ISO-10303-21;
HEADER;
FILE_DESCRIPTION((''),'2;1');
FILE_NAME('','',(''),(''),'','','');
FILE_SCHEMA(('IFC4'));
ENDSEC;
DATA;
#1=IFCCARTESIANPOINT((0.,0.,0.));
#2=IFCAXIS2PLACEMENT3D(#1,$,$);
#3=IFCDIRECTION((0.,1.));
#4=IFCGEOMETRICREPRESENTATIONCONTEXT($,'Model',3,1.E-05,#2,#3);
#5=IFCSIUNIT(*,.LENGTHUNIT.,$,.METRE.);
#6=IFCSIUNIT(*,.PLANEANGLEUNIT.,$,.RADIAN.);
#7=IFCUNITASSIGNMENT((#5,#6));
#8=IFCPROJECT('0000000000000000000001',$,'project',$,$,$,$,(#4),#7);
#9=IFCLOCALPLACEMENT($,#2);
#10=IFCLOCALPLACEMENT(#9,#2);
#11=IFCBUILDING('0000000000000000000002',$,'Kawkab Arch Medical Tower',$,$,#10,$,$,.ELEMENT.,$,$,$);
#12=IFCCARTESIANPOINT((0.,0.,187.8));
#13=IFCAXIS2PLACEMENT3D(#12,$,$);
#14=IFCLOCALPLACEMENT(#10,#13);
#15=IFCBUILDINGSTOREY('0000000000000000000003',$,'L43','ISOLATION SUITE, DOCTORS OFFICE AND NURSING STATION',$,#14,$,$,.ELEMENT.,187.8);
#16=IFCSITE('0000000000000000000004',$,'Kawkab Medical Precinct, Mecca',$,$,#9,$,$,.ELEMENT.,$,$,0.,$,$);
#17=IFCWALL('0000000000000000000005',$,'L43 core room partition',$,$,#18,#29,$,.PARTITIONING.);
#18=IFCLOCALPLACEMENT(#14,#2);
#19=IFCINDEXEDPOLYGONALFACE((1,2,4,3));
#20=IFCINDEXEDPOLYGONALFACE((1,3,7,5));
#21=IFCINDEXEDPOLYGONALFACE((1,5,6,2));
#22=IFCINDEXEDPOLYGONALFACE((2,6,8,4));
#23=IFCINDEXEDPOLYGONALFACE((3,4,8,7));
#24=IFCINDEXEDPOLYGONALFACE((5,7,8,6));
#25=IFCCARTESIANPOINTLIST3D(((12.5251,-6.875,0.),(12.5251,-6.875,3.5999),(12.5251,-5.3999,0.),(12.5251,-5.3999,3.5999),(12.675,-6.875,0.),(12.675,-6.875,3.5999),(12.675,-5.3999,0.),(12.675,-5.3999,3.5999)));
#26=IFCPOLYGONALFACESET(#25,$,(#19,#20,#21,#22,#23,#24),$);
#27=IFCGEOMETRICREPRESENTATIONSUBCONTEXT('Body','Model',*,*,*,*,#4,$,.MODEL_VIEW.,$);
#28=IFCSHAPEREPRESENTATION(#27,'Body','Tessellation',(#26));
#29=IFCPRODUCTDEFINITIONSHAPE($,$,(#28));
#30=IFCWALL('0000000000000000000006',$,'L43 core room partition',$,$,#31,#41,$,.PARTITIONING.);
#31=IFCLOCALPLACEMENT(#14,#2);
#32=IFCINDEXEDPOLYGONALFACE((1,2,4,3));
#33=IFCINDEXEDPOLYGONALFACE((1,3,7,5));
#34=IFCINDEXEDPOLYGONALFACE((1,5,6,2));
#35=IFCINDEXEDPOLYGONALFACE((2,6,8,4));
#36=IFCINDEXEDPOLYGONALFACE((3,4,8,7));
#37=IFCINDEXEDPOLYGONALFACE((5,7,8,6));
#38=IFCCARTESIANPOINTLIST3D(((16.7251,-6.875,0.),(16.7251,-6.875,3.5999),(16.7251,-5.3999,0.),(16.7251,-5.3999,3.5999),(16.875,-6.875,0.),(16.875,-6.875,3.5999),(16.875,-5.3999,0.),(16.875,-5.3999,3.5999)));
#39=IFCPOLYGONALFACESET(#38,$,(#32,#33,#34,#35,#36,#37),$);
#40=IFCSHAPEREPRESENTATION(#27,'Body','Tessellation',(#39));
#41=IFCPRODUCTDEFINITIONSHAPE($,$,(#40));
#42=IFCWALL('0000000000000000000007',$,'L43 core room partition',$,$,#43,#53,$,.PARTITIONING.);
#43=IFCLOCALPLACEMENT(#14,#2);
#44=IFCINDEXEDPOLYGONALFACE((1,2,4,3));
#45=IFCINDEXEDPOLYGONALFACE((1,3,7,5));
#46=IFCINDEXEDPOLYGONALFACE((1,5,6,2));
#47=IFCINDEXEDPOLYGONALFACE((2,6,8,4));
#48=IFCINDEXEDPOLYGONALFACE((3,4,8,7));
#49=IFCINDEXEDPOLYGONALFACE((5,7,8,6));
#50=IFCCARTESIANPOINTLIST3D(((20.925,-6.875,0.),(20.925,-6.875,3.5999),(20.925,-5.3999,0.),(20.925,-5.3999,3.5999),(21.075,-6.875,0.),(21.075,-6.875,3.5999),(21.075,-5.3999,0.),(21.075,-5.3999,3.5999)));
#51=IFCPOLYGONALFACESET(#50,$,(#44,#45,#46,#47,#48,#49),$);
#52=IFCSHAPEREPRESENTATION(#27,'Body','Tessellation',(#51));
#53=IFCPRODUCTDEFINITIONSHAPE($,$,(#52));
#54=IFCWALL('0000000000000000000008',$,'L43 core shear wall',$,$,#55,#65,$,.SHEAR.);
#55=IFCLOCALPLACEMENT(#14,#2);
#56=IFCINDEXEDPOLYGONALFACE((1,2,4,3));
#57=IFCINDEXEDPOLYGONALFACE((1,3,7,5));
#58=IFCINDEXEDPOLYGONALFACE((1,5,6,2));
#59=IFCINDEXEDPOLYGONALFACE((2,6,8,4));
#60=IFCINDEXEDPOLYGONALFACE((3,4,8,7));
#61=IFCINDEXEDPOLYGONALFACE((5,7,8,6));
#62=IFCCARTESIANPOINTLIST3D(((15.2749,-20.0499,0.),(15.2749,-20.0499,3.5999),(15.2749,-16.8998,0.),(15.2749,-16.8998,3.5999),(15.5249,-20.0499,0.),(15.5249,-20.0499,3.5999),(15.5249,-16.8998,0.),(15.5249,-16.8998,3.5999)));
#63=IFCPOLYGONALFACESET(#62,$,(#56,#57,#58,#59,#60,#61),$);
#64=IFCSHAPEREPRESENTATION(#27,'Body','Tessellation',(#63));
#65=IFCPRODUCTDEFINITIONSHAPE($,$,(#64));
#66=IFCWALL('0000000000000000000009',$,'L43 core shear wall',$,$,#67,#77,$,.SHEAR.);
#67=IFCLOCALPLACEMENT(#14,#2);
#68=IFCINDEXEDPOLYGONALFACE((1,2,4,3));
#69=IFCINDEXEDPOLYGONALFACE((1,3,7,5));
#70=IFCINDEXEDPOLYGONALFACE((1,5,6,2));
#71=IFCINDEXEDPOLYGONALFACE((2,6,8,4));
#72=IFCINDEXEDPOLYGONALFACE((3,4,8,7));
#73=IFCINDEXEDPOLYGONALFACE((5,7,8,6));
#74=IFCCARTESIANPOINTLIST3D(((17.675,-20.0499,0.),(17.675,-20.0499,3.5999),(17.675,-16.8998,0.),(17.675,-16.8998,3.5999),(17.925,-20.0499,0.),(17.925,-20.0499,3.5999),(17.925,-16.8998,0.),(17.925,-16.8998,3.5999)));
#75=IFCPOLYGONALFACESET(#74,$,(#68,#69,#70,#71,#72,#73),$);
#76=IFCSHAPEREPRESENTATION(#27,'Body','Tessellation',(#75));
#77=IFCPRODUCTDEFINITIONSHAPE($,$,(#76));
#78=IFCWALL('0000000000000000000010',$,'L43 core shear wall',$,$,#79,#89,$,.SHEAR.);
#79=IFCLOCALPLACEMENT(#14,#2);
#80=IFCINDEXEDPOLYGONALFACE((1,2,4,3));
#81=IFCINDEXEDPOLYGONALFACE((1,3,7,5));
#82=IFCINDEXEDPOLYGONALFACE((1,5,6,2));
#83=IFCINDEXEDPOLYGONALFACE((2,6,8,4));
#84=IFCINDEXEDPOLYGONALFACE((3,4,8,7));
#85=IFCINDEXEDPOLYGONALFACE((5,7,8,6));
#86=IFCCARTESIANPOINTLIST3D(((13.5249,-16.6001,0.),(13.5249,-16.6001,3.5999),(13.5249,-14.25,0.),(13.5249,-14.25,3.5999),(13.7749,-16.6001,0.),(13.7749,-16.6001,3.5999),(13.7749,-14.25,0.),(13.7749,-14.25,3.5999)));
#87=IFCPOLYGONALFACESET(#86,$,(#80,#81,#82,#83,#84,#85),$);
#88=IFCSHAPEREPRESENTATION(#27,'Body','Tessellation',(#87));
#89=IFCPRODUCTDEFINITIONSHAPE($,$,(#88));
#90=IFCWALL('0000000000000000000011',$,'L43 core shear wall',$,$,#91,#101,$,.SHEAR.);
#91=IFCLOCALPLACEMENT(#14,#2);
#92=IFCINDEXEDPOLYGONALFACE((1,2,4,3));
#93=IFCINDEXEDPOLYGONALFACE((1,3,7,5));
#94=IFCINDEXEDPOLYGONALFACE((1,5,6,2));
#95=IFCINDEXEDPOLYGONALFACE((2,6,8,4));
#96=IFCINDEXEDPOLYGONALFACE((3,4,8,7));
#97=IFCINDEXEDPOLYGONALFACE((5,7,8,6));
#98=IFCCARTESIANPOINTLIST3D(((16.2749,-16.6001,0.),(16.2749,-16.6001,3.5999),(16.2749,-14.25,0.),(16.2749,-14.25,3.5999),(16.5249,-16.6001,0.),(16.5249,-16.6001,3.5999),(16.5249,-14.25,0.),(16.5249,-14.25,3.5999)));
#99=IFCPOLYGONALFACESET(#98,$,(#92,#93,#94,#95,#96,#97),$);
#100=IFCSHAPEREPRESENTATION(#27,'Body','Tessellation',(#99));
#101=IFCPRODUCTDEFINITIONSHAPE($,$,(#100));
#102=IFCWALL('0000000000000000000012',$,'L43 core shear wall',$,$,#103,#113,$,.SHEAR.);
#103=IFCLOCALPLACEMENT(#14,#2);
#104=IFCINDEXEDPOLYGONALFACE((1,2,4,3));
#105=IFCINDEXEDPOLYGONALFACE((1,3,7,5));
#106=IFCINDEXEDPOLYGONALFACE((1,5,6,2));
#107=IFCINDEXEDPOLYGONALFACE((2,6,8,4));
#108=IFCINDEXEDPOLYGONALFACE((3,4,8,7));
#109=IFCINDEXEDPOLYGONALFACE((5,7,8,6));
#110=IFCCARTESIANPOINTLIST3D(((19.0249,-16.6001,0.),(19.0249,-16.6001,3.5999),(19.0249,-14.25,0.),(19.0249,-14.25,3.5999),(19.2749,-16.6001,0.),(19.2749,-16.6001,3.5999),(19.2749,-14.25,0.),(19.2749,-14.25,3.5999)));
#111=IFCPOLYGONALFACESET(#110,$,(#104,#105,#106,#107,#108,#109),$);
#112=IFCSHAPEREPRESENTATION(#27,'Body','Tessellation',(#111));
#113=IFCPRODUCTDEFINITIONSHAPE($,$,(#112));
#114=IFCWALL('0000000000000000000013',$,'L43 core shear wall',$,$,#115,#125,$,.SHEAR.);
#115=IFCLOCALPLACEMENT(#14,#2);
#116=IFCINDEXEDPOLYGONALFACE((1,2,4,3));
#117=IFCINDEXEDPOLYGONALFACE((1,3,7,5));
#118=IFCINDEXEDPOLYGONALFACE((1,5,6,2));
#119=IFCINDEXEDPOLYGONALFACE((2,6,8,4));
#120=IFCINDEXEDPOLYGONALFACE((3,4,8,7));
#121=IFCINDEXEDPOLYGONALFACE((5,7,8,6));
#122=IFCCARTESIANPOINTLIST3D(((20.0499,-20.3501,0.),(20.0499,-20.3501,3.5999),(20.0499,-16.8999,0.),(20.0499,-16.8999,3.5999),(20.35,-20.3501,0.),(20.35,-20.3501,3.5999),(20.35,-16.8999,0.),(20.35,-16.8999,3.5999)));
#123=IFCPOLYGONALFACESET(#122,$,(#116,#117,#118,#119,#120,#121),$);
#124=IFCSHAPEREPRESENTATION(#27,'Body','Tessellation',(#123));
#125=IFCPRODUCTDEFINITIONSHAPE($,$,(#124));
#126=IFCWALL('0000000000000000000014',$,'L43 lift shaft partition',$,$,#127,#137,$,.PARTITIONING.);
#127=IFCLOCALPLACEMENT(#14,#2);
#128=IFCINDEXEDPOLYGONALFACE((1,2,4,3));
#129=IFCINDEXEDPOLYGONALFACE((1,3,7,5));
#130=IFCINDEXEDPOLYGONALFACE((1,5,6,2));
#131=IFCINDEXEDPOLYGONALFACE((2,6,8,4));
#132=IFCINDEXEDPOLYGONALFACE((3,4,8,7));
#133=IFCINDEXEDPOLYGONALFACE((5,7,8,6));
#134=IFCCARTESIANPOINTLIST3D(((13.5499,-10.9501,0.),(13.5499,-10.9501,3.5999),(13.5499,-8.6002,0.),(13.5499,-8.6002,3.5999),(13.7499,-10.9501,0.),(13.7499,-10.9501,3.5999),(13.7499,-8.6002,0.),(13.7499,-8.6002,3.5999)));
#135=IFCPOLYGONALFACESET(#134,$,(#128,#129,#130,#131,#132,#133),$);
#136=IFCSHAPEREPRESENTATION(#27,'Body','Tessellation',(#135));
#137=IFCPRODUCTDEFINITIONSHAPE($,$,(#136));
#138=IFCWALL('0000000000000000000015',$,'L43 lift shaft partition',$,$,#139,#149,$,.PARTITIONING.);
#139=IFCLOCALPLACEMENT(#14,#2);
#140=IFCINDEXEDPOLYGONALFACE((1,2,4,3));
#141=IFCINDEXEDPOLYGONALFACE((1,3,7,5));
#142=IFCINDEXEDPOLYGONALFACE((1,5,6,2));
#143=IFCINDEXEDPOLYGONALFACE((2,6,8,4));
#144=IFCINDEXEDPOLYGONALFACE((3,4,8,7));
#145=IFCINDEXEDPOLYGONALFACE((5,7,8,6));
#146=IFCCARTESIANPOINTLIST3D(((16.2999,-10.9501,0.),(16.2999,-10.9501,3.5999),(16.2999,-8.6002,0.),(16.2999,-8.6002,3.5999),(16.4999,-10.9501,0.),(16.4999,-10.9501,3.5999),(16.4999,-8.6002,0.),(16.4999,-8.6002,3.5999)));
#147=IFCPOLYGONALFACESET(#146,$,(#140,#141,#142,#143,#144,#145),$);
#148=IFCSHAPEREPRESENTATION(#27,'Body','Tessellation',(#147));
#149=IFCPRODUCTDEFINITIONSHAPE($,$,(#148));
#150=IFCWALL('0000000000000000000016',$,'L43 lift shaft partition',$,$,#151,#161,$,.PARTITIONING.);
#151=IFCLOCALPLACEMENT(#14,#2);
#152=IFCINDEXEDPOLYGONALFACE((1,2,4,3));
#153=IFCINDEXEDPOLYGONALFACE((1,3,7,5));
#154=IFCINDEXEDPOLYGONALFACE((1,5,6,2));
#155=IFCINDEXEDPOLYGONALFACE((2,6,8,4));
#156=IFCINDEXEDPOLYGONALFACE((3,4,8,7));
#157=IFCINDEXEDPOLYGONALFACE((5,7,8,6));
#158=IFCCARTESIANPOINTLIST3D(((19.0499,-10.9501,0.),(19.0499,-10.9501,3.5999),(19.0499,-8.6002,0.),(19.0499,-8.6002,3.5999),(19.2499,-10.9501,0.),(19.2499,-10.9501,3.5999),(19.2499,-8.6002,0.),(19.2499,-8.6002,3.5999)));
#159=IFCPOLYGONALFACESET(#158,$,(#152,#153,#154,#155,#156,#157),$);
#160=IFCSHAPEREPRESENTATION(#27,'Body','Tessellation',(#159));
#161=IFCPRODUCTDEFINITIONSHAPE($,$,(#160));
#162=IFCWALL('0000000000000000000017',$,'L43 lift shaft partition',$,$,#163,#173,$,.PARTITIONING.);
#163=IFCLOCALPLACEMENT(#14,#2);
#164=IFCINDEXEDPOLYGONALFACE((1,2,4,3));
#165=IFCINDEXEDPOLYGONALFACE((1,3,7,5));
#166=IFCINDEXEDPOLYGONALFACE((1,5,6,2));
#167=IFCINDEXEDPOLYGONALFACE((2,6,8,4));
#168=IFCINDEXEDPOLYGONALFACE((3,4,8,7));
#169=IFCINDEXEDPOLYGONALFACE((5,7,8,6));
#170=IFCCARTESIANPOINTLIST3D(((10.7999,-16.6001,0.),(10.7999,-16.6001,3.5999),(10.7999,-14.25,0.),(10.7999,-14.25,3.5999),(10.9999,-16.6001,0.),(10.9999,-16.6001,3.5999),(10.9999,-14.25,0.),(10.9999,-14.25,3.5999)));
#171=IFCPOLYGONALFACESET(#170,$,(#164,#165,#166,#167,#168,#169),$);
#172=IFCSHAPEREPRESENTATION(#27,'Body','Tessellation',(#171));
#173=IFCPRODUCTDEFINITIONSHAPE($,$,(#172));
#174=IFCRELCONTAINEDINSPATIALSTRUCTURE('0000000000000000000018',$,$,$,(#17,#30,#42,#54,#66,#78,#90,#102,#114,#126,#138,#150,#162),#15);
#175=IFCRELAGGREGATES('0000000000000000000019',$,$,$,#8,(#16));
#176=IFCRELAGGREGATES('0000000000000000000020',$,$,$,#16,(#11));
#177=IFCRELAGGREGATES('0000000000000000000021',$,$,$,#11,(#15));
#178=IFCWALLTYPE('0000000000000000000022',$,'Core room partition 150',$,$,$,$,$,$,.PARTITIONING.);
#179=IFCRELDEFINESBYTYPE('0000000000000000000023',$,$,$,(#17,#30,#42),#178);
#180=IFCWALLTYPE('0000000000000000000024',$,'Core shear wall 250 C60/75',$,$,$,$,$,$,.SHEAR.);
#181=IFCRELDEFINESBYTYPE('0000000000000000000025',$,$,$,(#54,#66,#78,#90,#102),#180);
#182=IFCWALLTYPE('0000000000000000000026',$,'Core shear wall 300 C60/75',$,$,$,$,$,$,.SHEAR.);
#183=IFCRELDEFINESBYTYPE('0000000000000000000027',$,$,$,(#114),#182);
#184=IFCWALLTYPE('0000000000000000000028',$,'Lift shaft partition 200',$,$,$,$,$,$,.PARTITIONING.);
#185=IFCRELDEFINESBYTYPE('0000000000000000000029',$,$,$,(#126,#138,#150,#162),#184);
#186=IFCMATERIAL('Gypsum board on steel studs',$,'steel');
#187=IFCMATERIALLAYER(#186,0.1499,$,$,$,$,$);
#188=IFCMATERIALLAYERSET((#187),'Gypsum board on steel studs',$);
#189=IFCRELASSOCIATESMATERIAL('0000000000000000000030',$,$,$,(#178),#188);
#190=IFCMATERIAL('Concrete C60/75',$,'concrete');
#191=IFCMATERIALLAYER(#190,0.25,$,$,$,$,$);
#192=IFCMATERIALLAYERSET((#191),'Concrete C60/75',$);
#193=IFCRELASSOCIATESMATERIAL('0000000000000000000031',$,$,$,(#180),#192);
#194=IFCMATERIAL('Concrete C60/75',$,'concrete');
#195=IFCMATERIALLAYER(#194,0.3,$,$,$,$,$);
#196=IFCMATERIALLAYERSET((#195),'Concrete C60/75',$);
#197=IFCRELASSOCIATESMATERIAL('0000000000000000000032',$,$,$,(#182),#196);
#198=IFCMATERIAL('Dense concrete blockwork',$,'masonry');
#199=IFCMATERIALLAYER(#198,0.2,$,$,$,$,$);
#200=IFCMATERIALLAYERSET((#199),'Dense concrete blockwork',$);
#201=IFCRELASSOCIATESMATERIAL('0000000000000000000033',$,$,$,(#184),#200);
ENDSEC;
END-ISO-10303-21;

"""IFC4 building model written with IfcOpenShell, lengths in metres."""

from ifc_helpers import new_model, si_unit, direction, frame, frame_2d, origin, place, context, subcontext, project, spatial, rectangle, extrude, material, layer, layer_set, type_object, element, save


model = new_model("IFC4")

# Units and contexts
model_context = context("Model", 3, precision=1e-05, world=origin(), true_north=direction((0.0, 1.0)))
body_context = subcontext(model_context, "Body", "Model", "MODEL_VIEW")
ifc_project = project(units=[si_unit("LENGTHUNIT", "METRE"), si_unit("PLANEANGLEUNIT", "RADIAN")], contexts=[model_context])

# Site, building, storey
site_placement = place(None, origin())
site = spatial("IfcSite", under=ifc_project, at=site_placement, Name="Kawkab Medical Precinct, Mecca", CompositionType="ELEMENT", RefElevation=0.0)
building_placement = place(site_placement, origin())
building = spatial("IfcBuilding", under=site, at=building_placement, Name="Kawkab Arch Medical Tower", CompositionType="ELEMENT")
storey_placement = place(building_placement, frame((0.0, 0.0, 187.8)))
storey = spatial("IfcBuildingStorey", under=building, at=storey_placement, Name="L43", Description="ISOLATION SUITE, DOCTORS OFFICE AND NURSING STATION", CompositionType="ELEMENT", Elevation=187.8)

# Walls
ifc_material_1 = material(Name="Gypsum board on steel studs", Category="steel")
ifc_layer_1 = layer(ifc_material_1, 0.1499)
ifc_layer_set_1 = layer_set([ifc_layer_1], Name="Gypsum board on steel studs")
wall_type_1 = type_object("IfcWallType", Name="Core room partition 150", PredefinedType="PARTITIONING", material=ifc_layer_set_1)
for number, where, z_axis, x_axis, name in (
    (1, (12.6001, -6.875, 0.0), (0.0, 0.0, 1.0), (0.0, 1.0, 0.0), "L43 core room partition"),
    (2, (16.8, -6.875, 0.0), (0.0, 0.0, 1.0), (0.0, 1.0, 0.0), "L43 core room partition"),
    (3, (21.0, -6.875, 0.0), (0.0, 0.0, 1.0), (0.0, 1.0, 0.0), "L43 core room partition"),
):
    element("IfcWall", number, at=place(storey_placement, frame(where, z_axis=z_axis, x_axis=x_axis)), inside=storey, type_object=wall_type_1, Name=name, PredefinedType="PARTITIONING", context=body_context, shape_type="SweptSolid", body=[
        extrude(rectangle(XDim=1.4751, YDim=0.1499, at=frame_2d((0.7375, 0.0))), origin(), (0.0, 0.0, 1.0), 3.5999),
    ])
ifc_material_2 = material(Name="Concrete C60/75", Category="concrete")
ifc_layer_2 = layer(ifc_material_2, 0.25)
ifc_layer_set_2 = layer_set([ifc_layer_2], Name="Concrete C60/75")
wall_type_2 = type_object("IfcWallType", Name="Core shear wall 250 C60/75", PredefinedType="SHEAR", material=ifc_layer_set_2)
for number, where, z_axis, x_axis, name in (
    (4, (15.3999, -20.05, 0.0), (0.0, 0.0, 1.0), (0.0, 1.0, 0.0), "L43 core shear wall"),
    (5, (17.8, -20.05, 0.0), (0.0, 0.0, 1.0), (0.0, 1.0, 0.0), "L43 core shear wall"),
):
    element("IfcWall", number, at=place(storey_placement, frame(where, z_axis=z_axis, x_axis=x_axis)), inside=storey, type_object=wall_type_2, Name=name, PredefinedType="SHEAR", context=body_context, shape_type="SweptSolid", body=[
        extrude(rectangle(XDim=3.1501, YDim=0.25, at=frame_2d((1.5752, 0.0))), origin(), (0.0, 0.0, 1.0), 3.5999),
    ])
for number, where, z_axis, x_axis, name in (
    (6, (13.6499, -16.6001, 0.0), (0.0, 0.0, 1.0), (0.0, 1.0, 0.0), "L43 core shear wall"),
    (7, (16.3999, -16.6001, 0.0), (0.0, 0.0, 1.0), (0.0, 1.0, 0.0), "L43 core shear wall"),
    (8, (19.1499, -16.6001, 0.0), (0.0, 0.0, 1.0), (0.0, 1.0, 0.0), "L43 core shear wall"),
):
    element("IfcWall", number, at=place(storey_placement, frame(where, z_axis=z_axis, x_axis=x_axis)), inside=storey, type_object=wall_type_2, Name=name, PredefinedType="SHEAR", context=body_context, shape_type="SweptSolid", body=[
        extrude(rectangle(XDim=2.3501, YDim=0.25, at=frame_2d((1.175, 0.0))), origin(), (0.0, 0.0, 1.0), 3.5999),
    ])
ifc_material_3 = material(Name="Concrete C60/75", Category="concrete")
ifc_layer_3 = layer(ifc_material_3, 0.3)
ifc_layer_set_3 = layer_set([ifc_layer_3], Name="Concrete C60/75")
wall_type_3 = type_object("IfcWallType", Name="Core shear wall 300 C60/75", PredefinedType="SHEAR", material=ifc_layer_set_3)
wall_1_placement = place(storey_placement, frame((20.2, -20.3501, 0.0), z_axis=(0.0, 0.0, 1.0), x_axis=(0.0, 1.0, 0.0)))
element("IfcWall", 9, at=wall_1_placement, inside=storey, type_object=wall_type_3, Name="L43 core shear wall", PredefinedType="SHEAR", context=body_context, shape_type="SweptSolid", body=[
    extrude(rectangle(XDim=3.4502, YDim=0.3, at=frame_2d((1.7251, 0.0))), origin(), (0.0, 0.0, 1.0), 3.5999),
])
ifc_material_4 = material(Name="Dense concrete blockwork", Category="masonry")
ifc_layer_4 = layer(ifc_material_4, 0.2)
ifc_layer_set_4 = layer_set([ifc_layer_4], Name="Dense concrete blockwork")
wall_type_4 = type_object("IfcWallType", Name="Lift shaft partition 200", PredefinedType="PARTITIONING", material=ifc_layer_set_4)
for number, where, z_axis, x_axis, name in (
    (10, (13.6499, -10.95, 0.0), (0.0, 0.0, 1.0), (0.0, 1.0, 0.0), "L43 lift shaft partition"),
    (11, (16.3999, -10.95, 0.0), (0.0, 0.0, 1.0), (0.0, 1.0, 0.0), "L43 lift shaft partition"),
    (12, (19.1499, -10.95, 0.0), (0.0, 0.0, 1.0), (0.0, 1.0, 0.0), "L43 lift shaft partition"),
):
    element("IfcWall", number, at=place(storey_placement, frame(where, z_axis=z_axis, x_axis=x_axis)), inside=storey, type_object=wall_type_4, Name=name, PredefinedType="PARTITIONING", context=body_context, shape_type="SweptSolid", body=[
        extrude(rectangle(XDim=2.3499, YDim=0.2, at=frame_2d((1.1748, 0.0))), origin(), (0.0, 0.0, 1.0), 3.5999),
    ])
wall_2_placement = place(storey_placement, frame((10.8999, -16.6001, 0.0), z_axis=(0.0, 0.0, 1.0), x_axis=(0.0, 1.0, 0.0)))
element("IfcWall", 13, at=wall_2_placement, inside=storey, type_object=wall_type_4, Name="L43 lift shaft partition", PredefinedType="PARTITIONING", context=body_context, shape_type="SweptSolid", body=[
    extrude(rectangle(XDim=2.3501, YDim=0.2, at=frame_2d((1.175, 0.0))), origin(), (0.0, 0.0, 1.0), 3.5999),
])

save(model, "model.ifc")
